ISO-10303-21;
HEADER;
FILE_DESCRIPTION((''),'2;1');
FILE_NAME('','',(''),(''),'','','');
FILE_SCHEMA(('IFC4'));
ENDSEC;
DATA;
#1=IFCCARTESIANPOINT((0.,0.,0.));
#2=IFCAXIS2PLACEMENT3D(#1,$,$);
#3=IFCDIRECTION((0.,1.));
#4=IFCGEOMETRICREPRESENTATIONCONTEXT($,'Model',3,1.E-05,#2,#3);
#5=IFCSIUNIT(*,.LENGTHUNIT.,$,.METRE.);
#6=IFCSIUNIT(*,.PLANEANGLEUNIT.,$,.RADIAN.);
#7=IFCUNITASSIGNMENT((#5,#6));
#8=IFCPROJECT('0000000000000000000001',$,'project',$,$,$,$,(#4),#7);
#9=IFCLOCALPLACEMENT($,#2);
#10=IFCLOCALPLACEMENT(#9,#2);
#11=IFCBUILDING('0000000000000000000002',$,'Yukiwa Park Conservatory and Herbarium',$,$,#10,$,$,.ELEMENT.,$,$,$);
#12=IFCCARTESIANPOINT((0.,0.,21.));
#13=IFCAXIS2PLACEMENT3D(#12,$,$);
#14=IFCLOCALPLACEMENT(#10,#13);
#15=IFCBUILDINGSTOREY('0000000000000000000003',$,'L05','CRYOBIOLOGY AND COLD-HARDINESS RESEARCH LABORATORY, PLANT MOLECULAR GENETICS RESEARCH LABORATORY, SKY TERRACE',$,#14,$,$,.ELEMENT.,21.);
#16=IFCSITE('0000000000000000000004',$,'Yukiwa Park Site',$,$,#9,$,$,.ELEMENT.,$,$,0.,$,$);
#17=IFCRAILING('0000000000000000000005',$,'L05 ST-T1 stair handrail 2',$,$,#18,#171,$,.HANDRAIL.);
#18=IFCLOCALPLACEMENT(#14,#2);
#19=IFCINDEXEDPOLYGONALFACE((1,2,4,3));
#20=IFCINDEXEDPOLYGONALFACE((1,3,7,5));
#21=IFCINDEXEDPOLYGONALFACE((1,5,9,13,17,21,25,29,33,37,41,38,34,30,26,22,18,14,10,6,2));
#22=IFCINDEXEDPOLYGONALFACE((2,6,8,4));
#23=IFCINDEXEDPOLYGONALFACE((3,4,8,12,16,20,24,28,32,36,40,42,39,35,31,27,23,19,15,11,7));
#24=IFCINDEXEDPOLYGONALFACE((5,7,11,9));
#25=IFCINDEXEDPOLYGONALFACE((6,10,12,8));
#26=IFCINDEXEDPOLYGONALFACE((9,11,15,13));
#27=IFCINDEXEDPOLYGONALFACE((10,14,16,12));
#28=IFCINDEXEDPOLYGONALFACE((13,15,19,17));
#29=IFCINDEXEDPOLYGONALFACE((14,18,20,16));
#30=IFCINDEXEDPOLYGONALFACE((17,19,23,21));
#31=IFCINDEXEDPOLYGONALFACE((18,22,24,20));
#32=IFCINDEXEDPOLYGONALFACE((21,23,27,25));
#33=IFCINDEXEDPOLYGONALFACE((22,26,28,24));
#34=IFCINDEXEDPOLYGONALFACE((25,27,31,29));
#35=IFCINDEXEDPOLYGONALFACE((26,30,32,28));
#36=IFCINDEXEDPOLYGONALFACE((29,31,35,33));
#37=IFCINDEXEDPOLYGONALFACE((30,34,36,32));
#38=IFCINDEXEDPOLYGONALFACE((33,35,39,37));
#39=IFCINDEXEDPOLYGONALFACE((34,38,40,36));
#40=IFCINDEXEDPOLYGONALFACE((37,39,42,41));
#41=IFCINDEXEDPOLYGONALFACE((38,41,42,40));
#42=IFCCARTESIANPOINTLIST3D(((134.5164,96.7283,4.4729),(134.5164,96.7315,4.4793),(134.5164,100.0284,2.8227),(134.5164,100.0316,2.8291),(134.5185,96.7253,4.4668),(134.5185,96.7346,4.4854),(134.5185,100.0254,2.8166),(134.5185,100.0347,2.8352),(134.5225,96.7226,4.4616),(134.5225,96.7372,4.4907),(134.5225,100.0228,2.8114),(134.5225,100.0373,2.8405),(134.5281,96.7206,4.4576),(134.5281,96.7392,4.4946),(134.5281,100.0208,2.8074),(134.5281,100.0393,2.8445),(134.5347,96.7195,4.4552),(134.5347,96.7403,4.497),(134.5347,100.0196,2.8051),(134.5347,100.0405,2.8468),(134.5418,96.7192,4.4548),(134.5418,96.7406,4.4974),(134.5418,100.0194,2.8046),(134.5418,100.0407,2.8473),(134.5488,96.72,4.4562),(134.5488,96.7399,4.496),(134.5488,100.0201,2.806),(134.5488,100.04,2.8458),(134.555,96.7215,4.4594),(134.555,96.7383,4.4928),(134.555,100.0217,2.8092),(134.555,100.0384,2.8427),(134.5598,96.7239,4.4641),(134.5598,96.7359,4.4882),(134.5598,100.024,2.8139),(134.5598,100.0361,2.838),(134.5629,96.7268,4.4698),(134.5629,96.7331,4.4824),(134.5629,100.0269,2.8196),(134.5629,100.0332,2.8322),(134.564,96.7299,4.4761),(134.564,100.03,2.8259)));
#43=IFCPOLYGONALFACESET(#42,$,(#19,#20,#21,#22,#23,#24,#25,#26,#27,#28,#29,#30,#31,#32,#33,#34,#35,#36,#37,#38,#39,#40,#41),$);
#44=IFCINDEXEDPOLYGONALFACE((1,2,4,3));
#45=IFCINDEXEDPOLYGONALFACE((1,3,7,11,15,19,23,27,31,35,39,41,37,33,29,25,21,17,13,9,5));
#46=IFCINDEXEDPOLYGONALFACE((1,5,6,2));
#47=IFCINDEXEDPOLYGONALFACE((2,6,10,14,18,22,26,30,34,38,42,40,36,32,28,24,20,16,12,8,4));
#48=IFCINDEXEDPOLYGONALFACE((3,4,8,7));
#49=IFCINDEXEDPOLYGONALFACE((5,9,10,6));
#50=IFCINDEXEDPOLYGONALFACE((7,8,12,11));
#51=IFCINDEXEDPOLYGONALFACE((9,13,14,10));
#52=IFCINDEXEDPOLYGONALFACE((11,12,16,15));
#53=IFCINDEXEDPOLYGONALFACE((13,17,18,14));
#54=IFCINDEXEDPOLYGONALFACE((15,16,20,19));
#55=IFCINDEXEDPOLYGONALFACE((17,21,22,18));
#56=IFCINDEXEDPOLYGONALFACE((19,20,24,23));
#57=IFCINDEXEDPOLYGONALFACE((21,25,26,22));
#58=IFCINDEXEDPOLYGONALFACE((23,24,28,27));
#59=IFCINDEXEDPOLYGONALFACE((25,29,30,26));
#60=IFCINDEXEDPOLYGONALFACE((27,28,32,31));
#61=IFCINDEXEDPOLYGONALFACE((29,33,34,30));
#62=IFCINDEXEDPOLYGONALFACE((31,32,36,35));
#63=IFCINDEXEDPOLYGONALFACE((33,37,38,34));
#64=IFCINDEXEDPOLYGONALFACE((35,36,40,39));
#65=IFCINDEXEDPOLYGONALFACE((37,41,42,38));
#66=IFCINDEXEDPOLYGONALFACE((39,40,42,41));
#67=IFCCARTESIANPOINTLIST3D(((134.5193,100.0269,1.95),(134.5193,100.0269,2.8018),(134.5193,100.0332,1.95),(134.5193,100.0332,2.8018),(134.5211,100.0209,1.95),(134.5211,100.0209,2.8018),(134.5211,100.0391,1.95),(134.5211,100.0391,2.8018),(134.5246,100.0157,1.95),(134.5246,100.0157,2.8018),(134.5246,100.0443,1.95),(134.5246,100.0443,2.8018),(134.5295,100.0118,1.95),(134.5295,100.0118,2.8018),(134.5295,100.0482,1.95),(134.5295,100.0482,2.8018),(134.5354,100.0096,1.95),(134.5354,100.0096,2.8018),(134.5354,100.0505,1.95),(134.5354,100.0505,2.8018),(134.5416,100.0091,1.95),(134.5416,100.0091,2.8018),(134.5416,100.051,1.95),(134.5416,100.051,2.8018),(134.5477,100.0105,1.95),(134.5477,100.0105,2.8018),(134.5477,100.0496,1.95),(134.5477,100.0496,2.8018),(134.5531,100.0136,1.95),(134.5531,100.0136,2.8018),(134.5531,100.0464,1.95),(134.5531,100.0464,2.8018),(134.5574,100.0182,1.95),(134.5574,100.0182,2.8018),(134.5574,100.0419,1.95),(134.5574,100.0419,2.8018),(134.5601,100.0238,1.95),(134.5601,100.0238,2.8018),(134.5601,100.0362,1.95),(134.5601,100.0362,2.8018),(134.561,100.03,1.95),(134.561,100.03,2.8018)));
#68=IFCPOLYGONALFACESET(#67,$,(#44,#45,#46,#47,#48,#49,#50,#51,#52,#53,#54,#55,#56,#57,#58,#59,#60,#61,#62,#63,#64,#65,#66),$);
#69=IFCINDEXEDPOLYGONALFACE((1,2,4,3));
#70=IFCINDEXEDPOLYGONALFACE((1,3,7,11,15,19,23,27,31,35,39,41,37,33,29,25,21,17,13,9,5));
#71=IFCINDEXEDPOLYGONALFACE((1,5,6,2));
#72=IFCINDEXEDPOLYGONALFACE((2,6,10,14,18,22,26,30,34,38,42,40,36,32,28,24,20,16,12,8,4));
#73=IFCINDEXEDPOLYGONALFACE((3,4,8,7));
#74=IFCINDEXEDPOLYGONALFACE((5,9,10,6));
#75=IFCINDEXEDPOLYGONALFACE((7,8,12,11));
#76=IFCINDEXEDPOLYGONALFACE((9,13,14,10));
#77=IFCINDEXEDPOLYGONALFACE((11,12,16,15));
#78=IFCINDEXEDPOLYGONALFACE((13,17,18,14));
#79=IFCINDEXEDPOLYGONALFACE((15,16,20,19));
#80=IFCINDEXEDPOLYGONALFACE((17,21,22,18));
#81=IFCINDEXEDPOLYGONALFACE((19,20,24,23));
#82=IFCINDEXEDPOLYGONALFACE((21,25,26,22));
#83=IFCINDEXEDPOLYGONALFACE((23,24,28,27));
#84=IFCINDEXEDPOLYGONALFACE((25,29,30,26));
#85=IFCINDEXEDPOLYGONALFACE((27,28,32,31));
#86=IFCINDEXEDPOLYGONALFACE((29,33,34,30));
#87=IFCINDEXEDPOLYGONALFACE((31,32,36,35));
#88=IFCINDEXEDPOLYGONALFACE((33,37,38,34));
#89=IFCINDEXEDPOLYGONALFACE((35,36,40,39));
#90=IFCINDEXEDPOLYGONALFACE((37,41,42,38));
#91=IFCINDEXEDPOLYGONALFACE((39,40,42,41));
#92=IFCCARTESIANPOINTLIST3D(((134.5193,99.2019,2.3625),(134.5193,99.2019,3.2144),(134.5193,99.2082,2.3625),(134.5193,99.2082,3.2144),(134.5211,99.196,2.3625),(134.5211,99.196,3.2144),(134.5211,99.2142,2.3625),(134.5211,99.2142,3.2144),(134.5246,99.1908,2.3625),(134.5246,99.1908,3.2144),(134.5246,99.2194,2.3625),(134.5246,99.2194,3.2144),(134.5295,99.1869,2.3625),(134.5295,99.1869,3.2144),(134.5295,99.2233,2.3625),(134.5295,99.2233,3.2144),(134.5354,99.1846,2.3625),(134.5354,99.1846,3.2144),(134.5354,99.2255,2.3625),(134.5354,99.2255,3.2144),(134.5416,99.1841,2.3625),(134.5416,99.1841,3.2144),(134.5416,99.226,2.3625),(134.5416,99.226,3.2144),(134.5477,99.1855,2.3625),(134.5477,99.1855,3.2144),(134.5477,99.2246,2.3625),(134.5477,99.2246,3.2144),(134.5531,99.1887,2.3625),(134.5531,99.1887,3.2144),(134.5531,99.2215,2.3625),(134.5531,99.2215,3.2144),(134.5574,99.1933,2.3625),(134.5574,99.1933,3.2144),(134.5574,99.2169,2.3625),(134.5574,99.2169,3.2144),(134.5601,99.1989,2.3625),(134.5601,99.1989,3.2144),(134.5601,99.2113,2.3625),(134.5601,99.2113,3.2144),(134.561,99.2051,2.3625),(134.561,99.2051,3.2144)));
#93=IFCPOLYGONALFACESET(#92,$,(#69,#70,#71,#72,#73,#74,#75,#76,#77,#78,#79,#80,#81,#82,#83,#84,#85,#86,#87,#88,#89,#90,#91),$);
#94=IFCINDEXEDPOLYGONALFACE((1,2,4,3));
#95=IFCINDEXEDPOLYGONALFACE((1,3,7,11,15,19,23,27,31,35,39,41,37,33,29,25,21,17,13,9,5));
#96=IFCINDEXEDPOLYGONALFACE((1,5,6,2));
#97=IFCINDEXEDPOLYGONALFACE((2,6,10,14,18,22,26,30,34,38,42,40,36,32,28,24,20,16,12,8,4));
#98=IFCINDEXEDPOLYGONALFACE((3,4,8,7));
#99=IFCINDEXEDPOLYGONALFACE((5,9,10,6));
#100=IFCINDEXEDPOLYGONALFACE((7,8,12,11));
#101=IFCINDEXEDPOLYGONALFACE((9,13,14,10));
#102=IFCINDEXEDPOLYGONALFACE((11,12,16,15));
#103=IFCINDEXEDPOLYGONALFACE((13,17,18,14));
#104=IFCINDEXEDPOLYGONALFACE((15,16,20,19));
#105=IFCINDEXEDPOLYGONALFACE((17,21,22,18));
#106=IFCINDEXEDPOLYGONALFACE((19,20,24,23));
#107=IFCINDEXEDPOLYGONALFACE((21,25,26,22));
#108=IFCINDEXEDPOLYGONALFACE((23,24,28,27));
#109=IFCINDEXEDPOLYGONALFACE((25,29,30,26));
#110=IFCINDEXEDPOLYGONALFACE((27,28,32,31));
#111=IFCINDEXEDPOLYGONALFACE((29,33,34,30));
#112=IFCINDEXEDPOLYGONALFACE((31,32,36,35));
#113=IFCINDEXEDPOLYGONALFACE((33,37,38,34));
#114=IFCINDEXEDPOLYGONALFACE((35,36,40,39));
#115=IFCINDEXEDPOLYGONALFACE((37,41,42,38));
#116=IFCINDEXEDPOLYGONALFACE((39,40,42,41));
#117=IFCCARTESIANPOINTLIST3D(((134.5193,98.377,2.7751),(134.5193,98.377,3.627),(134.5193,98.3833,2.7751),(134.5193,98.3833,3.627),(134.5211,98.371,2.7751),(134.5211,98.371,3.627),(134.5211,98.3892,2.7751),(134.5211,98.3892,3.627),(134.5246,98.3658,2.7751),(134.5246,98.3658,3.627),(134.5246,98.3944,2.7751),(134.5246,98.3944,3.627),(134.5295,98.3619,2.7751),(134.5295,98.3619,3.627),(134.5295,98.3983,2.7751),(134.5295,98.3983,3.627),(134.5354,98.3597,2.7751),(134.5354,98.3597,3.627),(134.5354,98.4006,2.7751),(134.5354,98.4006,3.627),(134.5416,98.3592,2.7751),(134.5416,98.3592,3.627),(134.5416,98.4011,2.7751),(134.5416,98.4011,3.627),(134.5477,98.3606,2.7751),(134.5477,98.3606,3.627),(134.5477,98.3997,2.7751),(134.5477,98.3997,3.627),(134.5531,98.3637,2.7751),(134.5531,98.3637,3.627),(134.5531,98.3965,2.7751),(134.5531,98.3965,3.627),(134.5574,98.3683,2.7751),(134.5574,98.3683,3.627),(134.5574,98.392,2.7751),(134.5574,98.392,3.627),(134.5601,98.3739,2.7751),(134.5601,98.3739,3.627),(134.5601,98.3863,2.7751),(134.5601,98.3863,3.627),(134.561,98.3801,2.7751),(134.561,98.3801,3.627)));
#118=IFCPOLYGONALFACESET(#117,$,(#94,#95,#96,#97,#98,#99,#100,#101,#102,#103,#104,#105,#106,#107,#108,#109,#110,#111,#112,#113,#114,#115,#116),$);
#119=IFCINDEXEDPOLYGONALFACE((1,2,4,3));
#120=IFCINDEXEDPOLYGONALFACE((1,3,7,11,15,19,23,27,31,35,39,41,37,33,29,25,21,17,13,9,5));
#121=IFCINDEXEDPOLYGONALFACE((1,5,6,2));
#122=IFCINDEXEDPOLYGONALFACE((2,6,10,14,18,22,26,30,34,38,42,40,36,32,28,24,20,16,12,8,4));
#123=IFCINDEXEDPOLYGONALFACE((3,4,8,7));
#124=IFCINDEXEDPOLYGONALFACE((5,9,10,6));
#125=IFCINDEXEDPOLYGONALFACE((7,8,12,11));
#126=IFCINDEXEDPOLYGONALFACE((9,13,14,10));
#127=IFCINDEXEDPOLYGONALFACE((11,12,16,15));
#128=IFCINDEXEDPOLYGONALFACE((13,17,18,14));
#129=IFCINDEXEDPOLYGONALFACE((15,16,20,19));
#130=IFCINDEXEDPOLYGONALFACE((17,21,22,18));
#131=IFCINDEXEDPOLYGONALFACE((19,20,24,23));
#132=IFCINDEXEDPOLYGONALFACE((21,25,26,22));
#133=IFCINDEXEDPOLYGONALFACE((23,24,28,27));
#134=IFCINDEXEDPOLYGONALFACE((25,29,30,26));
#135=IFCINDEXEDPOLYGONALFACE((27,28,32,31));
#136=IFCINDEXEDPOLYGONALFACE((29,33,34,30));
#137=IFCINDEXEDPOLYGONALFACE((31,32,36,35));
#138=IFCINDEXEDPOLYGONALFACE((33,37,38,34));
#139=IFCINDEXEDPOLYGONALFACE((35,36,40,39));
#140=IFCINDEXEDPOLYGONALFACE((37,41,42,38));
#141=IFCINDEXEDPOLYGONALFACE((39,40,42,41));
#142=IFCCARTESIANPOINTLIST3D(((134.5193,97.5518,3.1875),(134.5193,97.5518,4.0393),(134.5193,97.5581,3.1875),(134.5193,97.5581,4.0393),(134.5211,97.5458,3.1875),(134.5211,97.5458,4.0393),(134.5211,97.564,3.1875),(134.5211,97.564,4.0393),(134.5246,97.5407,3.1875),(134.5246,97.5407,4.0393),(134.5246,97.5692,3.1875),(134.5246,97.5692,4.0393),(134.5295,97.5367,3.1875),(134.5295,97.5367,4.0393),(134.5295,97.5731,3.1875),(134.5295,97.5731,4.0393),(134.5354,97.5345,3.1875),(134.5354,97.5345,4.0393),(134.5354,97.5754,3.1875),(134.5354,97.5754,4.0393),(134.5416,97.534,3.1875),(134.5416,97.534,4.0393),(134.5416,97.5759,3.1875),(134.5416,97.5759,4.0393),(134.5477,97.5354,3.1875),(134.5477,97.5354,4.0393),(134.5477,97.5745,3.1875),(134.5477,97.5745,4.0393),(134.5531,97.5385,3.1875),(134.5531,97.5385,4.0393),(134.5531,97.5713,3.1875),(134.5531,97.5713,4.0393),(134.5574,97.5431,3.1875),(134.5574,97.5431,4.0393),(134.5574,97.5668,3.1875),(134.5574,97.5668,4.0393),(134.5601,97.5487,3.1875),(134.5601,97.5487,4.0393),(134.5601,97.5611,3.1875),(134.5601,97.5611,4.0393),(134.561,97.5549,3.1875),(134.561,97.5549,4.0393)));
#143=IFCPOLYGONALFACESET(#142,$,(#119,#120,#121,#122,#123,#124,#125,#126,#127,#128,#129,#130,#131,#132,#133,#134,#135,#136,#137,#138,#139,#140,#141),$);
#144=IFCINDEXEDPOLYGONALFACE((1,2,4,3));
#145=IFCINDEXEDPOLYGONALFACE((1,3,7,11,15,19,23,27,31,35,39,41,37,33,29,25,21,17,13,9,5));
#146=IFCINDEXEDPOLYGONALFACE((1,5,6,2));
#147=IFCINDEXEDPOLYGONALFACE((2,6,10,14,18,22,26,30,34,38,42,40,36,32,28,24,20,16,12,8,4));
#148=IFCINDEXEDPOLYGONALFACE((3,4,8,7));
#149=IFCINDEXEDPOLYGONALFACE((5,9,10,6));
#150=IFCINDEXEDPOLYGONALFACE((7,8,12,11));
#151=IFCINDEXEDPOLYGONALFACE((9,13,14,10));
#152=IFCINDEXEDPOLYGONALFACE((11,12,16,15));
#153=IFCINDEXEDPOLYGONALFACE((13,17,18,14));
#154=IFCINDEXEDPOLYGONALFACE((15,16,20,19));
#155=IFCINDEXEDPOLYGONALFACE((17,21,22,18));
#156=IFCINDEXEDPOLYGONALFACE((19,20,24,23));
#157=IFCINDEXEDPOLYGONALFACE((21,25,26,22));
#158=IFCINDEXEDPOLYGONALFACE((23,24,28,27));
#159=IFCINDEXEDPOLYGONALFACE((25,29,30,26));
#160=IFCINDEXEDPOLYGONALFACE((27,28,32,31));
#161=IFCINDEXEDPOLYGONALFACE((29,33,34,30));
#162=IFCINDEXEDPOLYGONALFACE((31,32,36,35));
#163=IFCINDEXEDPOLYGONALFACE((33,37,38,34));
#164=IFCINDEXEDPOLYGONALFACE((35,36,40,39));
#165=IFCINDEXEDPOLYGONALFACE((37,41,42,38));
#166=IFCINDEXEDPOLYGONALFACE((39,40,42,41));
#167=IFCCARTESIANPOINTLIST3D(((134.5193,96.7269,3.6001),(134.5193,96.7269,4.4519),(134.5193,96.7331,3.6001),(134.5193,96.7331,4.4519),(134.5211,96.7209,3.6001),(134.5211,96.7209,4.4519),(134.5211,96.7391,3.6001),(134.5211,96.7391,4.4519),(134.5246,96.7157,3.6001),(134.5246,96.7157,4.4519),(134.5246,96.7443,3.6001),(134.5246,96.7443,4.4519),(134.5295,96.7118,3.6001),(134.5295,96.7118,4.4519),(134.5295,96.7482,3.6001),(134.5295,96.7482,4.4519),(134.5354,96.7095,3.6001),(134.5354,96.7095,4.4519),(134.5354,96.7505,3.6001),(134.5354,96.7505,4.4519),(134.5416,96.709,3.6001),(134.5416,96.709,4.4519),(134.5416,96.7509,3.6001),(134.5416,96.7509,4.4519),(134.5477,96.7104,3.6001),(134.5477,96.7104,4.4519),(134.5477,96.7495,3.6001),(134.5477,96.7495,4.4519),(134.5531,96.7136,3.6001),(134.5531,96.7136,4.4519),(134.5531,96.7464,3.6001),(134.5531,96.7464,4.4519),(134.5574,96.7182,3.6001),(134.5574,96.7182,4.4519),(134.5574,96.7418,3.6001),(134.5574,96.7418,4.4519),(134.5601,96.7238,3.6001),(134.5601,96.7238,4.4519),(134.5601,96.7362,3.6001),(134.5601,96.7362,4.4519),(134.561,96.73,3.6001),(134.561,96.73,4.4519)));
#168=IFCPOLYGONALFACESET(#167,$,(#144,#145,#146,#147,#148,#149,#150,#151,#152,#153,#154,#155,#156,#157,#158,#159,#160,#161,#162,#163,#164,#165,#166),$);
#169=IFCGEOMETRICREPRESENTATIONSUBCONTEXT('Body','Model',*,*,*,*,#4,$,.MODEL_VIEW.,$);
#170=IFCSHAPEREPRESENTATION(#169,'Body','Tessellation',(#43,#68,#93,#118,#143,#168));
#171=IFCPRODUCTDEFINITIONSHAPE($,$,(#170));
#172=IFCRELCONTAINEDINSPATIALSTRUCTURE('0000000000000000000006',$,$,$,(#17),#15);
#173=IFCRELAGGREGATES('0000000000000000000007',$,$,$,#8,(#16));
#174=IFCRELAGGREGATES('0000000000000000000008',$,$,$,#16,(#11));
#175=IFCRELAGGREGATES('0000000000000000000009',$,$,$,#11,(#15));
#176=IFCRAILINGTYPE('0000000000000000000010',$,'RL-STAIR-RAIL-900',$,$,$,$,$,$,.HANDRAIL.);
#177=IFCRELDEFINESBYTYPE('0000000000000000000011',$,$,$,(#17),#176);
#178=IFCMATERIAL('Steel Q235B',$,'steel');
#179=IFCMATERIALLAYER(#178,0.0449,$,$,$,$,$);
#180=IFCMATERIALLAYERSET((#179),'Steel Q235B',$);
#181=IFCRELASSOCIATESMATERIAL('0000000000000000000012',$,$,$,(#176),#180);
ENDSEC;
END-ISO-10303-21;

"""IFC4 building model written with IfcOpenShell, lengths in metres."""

from ifc_helpers import new_model, si_unit, direction, frame, origin, origin_2d, place, context, subcontext, project, spatial, circle, extrude, material, layer, layer_set, type_object, element, save


model = new_model("IFC4")

# Units and contexts
model_context = context("Model", 3, precision=1e-05, world=origin(), true_north=direction((0.0, 1.0)))
body_context = subcontext(model_context, "Body", "Model", "MODEL_VIEW")
ifc_project = project(units=[si_unit("LENGTHUNIT", "METRE"), si_unit("PLANEANGLEUNIT", "RADIAN")], contexts=[model_context])

# Site, building, storey
site_placement = place(None, origin())
site = spatial("IfcSite", under=ifc_project, at=site_placement, Name="Yukiwa Park Site", CompositionType="ELEMENT", RefElevation=0.0)
building_placement = place(site_placement, origin())
building = spatial("IfcBuilding", under=site, at=building_placement, Name="Yukiwa Park Conservatory and Herbarium", CompositionType="ELEMENT")
storey_placement = place(building_placement, frame((0.0, 0.0, 21.0)))
storey = spatial("IfcBuildingStorey", under=building, at=storey_placement, Name="L05", Description="CRYOBIOLOGY AND COLD-HARDINESS RESEARCH LABORATORY, PLANT MOLECULAR GENETICS RESEARCH LABORATORY, SKY TERRACE", CompositionType="ELEMENT", Elevation=21.0)

# Railing
ifc_material_1 = material(Name="Steel Q235B", Category="steel")
ifc_layer_1 = layer(ifc_material_1, 0.0449)
ifc_layer_set_1 = layer_set([ifc_layer_1], Name="Steel Q235B")
railing_type_1 = type_object("IfcRailingType", Name="RL-STAIR-RAIL-900", PredefinedType="HANDRAIL", material=ifc_layer_set_1)
railing_1_placement = place(storey_placement, frame((134.54, 100.03, 1.95)))
element("IfcRailing", 1, at=railing_1_placement, inside=storey, type_object=railing_type_1, Name="L05 ST-T1 stair handrail 2", PredefinedType="HANDRAIL", context=body_context, shape_type="SweptSolid", body=[
    extrude(circle(Radius=0.0239, at=origin_2d()), frame((0.0, 0.0, 0.876), z_axis=(0.0, -0.894414, 0.44724), x_axis=(1.0, 0.0, 0.0)), (0.0, 0.0, 1.0), 3.6897),
    extrude(circle(Radius=0.021, at=origin_2d()), origin(), (0.0, 0.0, 1.0), 0.8518),
    extrude(circle(Radius=0.021, at=origin_2d()), frame((0.0, -0.825, 0.4126)), (0.0, 0.0, 1.0), 0.8518),
    extrude(circle(Radius=0.021, at=origin_2d()), frame((0.0, -1.6499, 0.8252)), (0.0, 0.0, 1.0), 0.8518),
    extrude(circle(Radius=0.021, at=origin_2d()), frame((0.0, -2.4751, 1.2375)), (0.0, 0.0, 1.0), 0.8518),
    extrude(circle(Radius=0.021, at=origin_2d()), frame((0.0, -3.3, 1.6501)), (0.0, 0.0, 1.0), 0.8518),
])

save(model, "model.ifc")
